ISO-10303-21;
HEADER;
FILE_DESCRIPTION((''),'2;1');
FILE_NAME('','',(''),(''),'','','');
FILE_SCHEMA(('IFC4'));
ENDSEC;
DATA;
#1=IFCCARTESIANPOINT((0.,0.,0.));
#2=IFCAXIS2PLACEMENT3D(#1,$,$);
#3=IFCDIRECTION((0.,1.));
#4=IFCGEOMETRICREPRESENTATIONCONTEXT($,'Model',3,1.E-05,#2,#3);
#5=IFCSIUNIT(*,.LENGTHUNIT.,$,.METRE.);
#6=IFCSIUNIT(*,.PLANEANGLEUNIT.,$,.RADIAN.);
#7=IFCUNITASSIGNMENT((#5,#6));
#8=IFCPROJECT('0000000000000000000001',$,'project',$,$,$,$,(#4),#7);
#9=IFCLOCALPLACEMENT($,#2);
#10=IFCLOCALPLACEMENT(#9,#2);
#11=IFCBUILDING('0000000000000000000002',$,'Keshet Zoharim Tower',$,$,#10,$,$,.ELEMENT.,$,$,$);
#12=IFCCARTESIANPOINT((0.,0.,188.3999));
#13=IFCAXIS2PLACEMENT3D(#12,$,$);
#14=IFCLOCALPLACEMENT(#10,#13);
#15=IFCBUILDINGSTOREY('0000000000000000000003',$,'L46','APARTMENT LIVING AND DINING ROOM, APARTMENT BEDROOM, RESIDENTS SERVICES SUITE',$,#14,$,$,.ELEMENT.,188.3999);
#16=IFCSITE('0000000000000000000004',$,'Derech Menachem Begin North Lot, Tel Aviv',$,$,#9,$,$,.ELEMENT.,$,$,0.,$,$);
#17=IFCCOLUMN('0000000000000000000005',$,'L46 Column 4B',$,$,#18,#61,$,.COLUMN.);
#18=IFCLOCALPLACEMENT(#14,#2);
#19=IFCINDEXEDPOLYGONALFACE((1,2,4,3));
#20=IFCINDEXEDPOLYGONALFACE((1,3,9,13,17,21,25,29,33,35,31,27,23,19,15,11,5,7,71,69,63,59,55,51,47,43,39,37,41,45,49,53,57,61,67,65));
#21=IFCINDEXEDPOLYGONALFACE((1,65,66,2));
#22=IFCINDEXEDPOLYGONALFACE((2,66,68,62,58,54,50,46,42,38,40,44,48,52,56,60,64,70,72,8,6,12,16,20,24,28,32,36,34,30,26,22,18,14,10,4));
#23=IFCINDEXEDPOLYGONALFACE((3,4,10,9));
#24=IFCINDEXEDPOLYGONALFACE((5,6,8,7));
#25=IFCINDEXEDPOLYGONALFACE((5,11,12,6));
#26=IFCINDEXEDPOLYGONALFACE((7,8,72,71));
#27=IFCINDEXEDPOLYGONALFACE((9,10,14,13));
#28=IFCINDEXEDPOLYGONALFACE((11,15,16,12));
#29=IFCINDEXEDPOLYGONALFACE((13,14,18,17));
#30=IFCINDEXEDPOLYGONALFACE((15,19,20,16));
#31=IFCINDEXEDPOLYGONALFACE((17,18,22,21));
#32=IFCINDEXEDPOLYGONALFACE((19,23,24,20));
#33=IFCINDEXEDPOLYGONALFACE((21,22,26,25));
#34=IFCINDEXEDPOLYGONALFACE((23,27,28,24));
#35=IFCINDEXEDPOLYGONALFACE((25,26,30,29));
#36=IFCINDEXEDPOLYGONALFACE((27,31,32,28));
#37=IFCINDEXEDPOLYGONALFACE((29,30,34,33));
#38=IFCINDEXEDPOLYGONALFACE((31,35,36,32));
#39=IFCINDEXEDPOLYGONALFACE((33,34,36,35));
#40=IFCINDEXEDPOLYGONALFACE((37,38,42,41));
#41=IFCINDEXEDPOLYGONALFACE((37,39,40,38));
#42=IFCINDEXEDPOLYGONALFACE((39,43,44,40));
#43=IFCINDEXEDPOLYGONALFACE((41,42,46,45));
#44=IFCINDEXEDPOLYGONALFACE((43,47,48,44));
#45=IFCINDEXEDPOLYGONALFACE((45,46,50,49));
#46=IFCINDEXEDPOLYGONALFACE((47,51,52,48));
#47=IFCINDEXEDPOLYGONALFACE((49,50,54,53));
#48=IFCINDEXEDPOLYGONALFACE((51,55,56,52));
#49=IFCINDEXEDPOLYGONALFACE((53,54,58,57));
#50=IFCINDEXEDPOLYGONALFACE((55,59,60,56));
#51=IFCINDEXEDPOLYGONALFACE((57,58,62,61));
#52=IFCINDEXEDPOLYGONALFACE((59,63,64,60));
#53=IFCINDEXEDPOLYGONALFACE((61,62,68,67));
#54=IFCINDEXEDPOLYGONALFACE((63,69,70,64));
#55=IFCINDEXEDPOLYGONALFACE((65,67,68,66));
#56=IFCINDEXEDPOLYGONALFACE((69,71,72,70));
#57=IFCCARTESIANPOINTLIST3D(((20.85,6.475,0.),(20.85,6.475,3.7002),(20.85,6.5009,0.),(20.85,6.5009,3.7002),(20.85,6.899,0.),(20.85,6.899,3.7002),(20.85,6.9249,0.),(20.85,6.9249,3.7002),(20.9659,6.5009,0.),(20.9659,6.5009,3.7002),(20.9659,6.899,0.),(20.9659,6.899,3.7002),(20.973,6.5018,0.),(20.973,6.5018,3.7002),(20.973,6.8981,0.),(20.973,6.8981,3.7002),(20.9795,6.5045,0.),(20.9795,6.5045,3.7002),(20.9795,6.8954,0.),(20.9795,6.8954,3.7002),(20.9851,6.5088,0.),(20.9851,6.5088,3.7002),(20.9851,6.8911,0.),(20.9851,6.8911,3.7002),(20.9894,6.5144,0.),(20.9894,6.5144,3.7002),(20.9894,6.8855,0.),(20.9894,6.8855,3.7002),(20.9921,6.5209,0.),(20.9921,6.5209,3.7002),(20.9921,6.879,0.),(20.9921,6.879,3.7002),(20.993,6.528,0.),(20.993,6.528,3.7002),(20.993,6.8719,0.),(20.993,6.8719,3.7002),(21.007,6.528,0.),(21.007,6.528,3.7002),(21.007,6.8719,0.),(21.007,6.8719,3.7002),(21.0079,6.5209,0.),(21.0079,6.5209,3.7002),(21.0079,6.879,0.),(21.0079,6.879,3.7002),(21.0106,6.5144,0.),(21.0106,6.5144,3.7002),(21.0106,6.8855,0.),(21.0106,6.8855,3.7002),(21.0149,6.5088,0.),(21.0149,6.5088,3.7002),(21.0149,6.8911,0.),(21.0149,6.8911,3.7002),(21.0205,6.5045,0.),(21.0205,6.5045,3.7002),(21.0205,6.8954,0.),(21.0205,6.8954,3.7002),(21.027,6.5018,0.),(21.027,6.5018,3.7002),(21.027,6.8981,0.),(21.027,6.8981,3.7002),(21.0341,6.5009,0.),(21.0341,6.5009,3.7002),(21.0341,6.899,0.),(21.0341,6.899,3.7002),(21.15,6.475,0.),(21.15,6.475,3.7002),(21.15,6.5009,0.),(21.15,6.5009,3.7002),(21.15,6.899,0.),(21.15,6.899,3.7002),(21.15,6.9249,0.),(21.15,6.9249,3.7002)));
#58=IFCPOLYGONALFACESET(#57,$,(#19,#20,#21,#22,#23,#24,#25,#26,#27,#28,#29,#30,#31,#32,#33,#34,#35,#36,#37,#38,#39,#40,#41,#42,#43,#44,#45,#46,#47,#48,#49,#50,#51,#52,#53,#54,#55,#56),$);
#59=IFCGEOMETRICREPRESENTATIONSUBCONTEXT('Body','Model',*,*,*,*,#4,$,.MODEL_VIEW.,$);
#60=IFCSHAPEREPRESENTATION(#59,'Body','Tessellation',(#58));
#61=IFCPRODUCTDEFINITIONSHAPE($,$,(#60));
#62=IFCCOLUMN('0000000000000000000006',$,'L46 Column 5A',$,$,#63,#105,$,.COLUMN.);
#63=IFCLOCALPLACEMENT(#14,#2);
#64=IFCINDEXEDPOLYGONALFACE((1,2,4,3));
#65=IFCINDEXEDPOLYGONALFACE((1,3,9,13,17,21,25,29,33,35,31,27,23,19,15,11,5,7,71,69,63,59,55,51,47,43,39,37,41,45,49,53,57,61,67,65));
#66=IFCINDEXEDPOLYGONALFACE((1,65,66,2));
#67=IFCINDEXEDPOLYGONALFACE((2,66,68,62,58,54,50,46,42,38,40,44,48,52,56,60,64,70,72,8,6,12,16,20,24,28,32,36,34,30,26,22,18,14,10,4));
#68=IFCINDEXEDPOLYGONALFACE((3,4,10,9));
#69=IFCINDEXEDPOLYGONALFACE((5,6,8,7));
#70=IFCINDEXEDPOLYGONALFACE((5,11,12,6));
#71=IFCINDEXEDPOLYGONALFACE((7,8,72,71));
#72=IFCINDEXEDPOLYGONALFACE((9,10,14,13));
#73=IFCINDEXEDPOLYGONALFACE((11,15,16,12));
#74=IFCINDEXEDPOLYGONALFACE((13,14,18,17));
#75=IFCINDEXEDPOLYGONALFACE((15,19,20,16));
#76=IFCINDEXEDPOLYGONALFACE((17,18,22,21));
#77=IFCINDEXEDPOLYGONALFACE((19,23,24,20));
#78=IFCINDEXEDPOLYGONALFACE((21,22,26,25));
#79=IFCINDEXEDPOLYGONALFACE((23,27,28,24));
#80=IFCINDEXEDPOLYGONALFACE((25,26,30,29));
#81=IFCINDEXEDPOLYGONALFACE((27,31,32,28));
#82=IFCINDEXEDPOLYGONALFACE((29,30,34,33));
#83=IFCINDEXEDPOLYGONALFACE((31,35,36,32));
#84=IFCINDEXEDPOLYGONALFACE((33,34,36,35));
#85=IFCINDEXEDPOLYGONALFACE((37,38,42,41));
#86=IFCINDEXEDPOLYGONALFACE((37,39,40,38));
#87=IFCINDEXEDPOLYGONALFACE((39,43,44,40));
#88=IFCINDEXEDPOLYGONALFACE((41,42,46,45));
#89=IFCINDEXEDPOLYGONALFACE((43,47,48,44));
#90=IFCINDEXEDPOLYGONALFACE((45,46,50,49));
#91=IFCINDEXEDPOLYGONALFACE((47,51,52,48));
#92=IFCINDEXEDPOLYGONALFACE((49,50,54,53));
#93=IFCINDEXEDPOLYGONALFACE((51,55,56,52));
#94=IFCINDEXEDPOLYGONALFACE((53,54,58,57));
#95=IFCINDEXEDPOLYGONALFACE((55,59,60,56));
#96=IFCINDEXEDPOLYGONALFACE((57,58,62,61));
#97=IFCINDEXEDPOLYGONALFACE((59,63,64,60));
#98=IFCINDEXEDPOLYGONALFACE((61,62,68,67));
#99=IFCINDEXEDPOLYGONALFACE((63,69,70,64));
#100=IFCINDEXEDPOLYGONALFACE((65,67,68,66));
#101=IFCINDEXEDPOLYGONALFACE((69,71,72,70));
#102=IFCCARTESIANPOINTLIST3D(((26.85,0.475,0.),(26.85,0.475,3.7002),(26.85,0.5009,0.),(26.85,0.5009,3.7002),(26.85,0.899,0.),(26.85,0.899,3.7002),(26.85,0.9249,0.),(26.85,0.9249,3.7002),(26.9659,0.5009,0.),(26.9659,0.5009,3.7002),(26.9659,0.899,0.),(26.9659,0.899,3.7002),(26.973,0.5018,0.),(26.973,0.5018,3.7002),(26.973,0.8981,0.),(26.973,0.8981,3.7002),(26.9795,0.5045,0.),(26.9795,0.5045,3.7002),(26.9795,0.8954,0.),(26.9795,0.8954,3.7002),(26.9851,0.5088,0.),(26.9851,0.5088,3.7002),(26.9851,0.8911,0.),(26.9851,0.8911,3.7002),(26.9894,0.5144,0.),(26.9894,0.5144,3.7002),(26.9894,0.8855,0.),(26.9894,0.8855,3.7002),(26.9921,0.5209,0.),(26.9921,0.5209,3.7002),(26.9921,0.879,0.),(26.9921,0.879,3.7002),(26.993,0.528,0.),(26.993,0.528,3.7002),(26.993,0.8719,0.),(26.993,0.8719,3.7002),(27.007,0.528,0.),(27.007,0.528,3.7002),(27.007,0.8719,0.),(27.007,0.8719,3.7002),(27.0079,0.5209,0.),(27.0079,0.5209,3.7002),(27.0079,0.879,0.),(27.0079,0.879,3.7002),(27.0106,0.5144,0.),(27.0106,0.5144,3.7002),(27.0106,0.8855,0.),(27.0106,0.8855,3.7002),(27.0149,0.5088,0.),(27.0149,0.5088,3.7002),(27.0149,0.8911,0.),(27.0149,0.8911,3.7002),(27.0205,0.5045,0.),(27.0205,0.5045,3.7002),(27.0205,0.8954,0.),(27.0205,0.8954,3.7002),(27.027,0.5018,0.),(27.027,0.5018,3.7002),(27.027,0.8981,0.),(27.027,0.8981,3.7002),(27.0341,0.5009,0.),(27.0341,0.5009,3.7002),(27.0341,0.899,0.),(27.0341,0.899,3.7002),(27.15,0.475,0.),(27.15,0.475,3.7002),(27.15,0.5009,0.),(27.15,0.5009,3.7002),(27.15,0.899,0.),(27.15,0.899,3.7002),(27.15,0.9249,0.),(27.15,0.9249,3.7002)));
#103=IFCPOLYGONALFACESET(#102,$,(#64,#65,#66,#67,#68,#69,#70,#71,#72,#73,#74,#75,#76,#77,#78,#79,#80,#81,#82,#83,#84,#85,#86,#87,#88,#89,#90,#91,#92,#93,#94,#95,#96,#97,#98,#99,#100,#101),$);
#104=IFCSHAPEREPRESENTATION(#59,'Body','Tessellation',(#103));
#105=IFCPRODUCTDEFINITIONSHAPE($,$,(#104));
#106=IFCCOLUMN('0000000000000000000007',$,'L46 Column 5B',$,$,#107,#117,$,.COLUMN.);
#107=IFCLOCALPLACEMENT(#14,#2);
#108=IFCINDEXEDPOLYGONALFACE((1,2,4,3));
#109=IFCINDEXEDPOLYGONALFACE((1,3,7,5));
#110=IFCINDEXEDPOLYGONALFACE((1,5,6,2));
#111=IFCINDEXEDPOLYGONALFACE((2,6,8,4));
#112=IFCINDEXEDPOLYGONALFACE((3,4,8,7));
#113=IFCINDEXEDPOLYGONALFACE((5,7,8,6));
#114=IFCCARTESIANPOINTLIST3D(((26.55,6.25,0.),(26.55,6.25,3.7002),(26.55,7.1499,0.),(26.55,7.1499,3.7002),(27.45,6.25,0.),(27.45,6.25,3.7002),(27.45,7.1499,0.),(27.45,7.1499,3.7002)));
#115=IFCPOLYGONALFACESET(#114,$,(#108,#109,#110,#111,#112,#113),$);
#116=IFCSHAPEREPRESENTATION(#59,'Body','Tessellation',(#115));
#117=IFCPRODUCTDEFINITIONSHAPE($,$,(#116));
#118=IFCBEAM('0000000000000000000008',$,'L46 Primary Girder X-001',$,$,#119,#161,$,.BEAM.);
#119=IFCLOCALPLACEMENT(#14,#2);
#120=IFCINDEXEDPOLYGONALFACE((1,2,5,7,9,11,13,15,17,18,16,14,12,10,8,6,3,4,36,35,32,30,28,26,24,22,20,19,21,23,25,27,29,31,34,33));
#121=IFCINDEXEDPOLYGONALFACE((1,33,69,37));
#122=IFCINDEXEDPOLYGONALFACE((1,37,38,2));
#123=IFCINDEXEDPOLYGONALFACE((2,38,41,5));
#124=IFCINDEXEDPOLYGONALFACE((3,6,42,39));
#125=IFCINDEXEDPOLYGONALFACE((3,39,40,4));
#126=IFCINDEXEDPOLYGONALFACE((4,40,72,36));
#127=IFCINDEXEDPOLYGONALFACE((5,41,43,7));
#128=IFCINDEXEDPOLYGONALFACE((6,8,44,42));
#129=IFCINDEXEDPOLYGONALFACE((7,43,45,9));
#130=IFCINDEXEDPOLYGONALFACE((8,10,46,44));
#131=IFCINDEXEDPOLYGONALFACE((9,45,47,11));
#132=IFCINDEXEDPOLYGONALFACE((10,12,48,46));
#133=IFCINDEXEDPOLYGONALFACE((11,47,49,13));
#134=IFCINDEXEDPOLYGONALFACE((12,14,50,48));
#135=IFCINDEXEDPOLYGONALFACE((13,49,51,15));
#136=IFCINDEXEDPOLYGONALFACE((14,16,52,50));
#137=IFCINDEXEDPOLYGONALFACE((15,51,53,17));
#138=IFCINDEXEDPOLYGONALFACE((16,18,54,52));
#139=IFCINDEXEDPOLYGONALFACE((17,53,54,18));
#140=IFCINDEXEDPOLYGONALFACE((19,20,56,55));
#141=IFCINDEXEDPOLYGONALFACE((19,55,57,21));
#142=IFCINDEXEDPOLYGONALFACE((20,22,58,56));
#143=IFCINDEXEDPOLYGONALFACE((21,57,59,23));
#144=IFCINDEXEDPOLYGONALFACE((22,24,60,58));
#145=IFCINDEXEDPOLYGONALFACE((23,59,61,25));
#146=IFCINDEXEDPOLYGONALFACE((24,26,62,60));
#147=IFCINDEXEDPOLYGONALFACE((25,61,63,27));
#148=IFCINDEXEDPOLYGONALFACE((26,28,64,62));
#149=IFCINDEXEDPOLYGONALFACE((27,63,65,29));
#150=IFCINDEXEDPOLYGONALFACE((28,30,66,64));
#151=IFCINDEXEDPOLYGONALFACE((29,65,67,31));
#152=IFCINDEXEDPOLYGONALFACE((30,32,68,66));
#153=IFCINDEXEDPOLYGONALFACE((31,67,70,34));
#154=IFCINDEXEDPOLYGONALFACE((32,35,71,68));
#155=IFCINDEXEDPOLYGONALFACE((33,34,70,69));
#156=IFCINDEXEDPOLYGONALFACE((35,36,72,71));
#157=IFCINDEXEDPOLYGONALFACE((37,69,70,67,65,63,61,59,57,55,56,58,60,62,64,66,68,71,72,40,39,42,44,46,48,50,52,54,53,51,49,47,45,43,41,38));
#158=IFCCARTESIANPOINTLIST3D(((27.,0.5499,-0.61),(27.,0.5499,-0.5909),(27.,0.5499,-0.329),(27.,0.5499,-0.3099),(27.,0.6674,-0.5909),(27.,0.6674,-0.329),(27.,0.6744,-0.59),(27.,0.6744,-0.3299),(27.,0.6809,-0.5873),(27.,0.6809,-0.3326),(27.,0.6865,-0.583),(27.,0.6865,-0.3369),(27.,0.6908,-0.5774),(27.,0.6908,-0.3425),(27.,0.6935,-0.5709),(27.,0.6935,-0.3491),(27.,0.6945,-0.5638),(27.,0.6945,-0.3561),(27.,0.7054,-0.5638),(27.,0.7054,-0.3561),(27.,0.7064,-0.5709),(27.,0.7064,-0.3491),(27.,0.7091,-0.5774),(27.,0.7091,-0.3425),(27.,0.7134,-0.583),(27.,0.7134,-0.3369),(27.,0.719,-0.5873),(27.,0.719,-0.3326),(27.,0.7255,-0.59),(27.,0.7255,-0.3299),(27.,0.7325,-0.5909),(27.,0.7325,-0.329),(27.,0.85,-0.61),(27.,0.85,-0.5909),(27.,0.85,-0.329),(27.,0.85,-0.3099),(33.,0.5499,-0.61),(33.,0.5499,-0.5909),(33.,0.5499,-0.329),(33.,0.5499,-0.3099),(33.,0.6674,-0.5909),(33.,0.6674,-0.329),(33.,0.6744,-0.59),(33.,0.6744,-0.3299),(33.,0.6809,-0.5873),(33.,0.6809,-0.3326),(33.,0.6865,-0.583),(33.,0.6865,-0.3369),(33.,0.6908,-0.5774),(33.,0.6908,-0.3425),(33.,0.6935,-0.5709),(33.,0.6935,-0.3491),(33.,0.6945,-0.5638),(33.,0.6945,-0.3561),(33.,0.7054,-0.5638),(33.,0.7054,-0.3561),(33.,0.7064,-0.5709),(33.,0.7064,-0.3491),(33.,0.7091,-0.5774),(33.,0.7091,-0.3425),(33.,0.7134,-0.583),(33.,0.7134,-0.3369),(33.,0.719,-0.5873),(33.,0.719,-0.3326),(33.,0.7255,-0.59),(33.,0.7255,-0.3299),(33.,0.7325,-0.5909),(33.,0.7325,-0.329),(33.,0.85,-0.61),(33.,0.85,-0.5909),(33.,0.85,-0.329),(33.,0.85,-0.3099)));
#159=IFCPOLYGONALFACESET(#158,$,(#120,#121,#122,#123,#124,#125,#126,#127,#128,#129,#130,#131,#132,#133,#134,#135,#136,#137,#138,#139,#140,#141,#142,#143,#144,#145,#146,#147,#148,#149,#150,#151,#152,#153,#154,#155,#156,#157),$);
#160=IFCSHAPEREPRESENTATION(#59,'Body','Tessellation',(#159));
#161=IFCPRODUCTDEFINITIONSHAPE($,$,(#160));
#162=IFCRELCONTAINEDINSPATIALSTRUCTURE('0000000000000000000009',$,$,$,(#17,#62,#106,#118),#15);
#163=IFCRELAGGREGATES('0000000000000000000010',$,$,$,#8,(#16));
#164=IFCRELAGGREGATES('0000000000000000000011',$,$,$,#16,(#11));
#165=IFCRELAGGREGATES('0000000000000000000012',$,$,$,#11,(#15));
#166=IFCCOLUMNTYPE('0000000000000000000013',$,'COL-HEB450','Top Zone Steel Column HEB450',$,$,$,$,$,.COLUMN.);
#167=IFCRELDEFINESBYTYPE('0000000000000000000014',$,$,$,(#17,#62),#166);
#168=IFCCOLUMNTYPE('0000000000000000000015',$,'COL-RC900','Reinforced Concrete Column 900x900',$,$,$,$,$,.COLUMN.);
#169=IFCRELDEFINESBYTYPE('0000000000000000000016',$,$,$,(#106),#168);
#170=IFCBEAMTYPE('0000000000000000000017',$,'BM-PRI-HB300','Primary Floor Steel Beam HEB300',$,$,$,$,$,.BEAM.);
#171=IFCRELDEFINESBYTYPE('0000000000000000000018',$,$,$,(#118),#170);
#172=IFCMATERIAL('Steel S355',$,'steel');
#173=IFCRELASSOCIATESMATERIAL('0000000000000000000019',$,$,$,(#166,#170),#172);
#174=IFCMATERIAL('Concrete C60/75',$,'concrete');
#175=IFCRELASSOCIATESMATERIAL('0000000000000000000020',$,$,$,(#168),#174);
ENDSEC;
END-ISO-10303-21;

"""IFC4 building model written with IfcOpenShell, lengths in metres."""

from ifc_helpers import new_model, si_unit, direction, frame, origin, origin_2d, place, context, subcontext, project, spatial, rectangle, i_section, extrude, material, material_profile, profile_set, type_object, element, save


model = new_model("IFC4")

# Units and contexts
model_context = context("Model", 3, precision=1e-05, world=origin(), true_north=direction((0.0, 1.0)))
body_context = subcontext(model_context, "Body", "Model", "MODEL_VIEW")
ifc_project = project(units=[si_unit("LENGTHUNIT", "METRE"), si_unit("PLANEANGLEUNIT", "RADIAN")], contexts=[model_context])

# Site, building, storey
site_placement = place(None, origin())
site = spatial("IfcSite", under=ifc_project, at=site_placement, Name="Derech Menachem Begin North Lot, Tel Aviv", CompositionType="ELEMENT", RefElevation=0.0)
building_placement = place(site_placement, origin())
building = spatial("IfcBuilding", under=site, at=building_placement, Name="Keshet Zoharim Tower", CompositionType="ELEMENT")
storey_placement = place(building_placement, frame((0.0, 0.0, 188.3999)))
storey = spatial("IfcBuildingStorey", under=building, at=storey_placement, Name="L46", Description="APARTMENT LIVING AND DINING ROOM, APARTMENT BEDROOM, RESIDENTS SERVICES SUITE", CompositionType="ELEMENT", Elevation=188.3999)

# Columns
ifc_material_1 = material(Name="Steel S355", Category="steel")
ifc_material_profile_1 = material_profile(ifc_material_1, i_section(OverallWidth=0.3, OverallDepth=0.45, WebThickness=0.0139, FlangeThickness=0.0259, FilletRadius=0.0271, at=origin_2d()), Name="HEB450")
ifc_profile_set_1 = profile_set([ifc_material_profile_1], Name="Steel S355")
column_type_1 = type_object("IfcColumnType", Name="COL-HEB450", Description="Top Zone Steel Column HEB450", PredefinedType="COLUMN", material=ifc_profile_set_1)
for number, where, z_axis, x_axis, name in (
    (1, (21.0, 6.7, 0.0), (0.0, 0.0, 1.0), (1.0, 0.0, 0.0), "L46 Column 4B"),
    (2, (27.0, 0.7, 0.0), (0.0, 0.0, 1.0), (1.0, 0.0, 0.0), "L46 Column 5A"),
):
    element("IfcColumn", number, at=place(storey_placement, frame(where, z_axis=z_axis, x_axis=x_axis)), inside=storey, type_object=column_type_1, Name=name, PredefinedType="COLUMN", context=body_context, shape_type="SweptSolid", body=[
        extrude(i_section(OverallWidth=0.3, OverallDepth=0.45, WebThickness=0.0139, FlangeThickness=0.0259, FilletRadius=0.0271, at=origin_2d()), origin(), (0.0, 0.0, 1.0), 3.7002),
    ])
ifc_material_2 = material(Name="Concrete C60/75", Category="concrete")
ifc_material_profile_2 = material_profile(ifc_material_2, rectangle(XDim=0.8999, YDim=0.8999, at=origin_2d()), Name="RC900x900")
ifc_profile_set_2 = profile_set([ifc_material_profile_2], Name="Concrete C60/75")
column_type_2 = type_object("IfcColumnType", Name="COL-RC900", Description="Reinforced Concrete Column 900x900", PredefinedType="COLUMN", material=ifc_profile_set_2)
column_placement = place(storey_placement, frame((27.0, 6.7, 0.0), z_axis=(0.0, 0.0, 1.0), x_axis=(1.0, 0.0, 0.0)))
element("IfcColumn", 3, at=column_placement, inside=storey, type_object=column_type_2, Name="L46 Column 5B", PredefinedType="COLUMN", context=body_context, shape_type="SweptSolid", body=[
    extrude(rectangle(XDim=0.8999, YDim=0.8999, at=origin_2d()), origin(), (0.0, 0.0, 1.0), 3.7002),
])

# Beam
ifc_material_profile_3 = material_profile(ifc_material_1, i_section(OverallWidth=0.3, OverallDepth=0.3, WebThickness=0.011, FlangeThickness=0.019, FilletRadius=0.0271, at=origin_2d()), Name="HEB300")
ifc_profile_set_3 = profile_set([ifc_material_profile_3], Name="Steel S355")
beam_type_1 = type_object("IfcBeamType", Name="BM-PRI-HB300", Description="Primary Floor Steel Beam HEB300", PredefinedType="BEAM", material=ifc_profile_set_3)
for number, where, z_axis, x_axis, name in (
    (4, (27.0, 0.7, -0.46), (1.0, 0.0, 0.0), (0.0, 1.0, 0.0), "L46 Primary Girder X-001"),
):
    element("IfcBeam", number, at=place(storey_placement, frame(where, z_axis=z_axis, x_axis=x_axis)), inside=storey, type_object=beam_type_1, Name=name, PredefinedType="BEAM", context=body_context, shape_type="SweptSolid", body=[
        extrude(i_section(OverallWidth=0.3, OverallDepth=0.3, WebThickness=0.011, FlangeThickness=0.019, FilletRadius=0.0271, at=origin_2d()), origin(), (0.0, 0.0, 1.0), 6.0),
    ])

save(model, "model.ifc")
